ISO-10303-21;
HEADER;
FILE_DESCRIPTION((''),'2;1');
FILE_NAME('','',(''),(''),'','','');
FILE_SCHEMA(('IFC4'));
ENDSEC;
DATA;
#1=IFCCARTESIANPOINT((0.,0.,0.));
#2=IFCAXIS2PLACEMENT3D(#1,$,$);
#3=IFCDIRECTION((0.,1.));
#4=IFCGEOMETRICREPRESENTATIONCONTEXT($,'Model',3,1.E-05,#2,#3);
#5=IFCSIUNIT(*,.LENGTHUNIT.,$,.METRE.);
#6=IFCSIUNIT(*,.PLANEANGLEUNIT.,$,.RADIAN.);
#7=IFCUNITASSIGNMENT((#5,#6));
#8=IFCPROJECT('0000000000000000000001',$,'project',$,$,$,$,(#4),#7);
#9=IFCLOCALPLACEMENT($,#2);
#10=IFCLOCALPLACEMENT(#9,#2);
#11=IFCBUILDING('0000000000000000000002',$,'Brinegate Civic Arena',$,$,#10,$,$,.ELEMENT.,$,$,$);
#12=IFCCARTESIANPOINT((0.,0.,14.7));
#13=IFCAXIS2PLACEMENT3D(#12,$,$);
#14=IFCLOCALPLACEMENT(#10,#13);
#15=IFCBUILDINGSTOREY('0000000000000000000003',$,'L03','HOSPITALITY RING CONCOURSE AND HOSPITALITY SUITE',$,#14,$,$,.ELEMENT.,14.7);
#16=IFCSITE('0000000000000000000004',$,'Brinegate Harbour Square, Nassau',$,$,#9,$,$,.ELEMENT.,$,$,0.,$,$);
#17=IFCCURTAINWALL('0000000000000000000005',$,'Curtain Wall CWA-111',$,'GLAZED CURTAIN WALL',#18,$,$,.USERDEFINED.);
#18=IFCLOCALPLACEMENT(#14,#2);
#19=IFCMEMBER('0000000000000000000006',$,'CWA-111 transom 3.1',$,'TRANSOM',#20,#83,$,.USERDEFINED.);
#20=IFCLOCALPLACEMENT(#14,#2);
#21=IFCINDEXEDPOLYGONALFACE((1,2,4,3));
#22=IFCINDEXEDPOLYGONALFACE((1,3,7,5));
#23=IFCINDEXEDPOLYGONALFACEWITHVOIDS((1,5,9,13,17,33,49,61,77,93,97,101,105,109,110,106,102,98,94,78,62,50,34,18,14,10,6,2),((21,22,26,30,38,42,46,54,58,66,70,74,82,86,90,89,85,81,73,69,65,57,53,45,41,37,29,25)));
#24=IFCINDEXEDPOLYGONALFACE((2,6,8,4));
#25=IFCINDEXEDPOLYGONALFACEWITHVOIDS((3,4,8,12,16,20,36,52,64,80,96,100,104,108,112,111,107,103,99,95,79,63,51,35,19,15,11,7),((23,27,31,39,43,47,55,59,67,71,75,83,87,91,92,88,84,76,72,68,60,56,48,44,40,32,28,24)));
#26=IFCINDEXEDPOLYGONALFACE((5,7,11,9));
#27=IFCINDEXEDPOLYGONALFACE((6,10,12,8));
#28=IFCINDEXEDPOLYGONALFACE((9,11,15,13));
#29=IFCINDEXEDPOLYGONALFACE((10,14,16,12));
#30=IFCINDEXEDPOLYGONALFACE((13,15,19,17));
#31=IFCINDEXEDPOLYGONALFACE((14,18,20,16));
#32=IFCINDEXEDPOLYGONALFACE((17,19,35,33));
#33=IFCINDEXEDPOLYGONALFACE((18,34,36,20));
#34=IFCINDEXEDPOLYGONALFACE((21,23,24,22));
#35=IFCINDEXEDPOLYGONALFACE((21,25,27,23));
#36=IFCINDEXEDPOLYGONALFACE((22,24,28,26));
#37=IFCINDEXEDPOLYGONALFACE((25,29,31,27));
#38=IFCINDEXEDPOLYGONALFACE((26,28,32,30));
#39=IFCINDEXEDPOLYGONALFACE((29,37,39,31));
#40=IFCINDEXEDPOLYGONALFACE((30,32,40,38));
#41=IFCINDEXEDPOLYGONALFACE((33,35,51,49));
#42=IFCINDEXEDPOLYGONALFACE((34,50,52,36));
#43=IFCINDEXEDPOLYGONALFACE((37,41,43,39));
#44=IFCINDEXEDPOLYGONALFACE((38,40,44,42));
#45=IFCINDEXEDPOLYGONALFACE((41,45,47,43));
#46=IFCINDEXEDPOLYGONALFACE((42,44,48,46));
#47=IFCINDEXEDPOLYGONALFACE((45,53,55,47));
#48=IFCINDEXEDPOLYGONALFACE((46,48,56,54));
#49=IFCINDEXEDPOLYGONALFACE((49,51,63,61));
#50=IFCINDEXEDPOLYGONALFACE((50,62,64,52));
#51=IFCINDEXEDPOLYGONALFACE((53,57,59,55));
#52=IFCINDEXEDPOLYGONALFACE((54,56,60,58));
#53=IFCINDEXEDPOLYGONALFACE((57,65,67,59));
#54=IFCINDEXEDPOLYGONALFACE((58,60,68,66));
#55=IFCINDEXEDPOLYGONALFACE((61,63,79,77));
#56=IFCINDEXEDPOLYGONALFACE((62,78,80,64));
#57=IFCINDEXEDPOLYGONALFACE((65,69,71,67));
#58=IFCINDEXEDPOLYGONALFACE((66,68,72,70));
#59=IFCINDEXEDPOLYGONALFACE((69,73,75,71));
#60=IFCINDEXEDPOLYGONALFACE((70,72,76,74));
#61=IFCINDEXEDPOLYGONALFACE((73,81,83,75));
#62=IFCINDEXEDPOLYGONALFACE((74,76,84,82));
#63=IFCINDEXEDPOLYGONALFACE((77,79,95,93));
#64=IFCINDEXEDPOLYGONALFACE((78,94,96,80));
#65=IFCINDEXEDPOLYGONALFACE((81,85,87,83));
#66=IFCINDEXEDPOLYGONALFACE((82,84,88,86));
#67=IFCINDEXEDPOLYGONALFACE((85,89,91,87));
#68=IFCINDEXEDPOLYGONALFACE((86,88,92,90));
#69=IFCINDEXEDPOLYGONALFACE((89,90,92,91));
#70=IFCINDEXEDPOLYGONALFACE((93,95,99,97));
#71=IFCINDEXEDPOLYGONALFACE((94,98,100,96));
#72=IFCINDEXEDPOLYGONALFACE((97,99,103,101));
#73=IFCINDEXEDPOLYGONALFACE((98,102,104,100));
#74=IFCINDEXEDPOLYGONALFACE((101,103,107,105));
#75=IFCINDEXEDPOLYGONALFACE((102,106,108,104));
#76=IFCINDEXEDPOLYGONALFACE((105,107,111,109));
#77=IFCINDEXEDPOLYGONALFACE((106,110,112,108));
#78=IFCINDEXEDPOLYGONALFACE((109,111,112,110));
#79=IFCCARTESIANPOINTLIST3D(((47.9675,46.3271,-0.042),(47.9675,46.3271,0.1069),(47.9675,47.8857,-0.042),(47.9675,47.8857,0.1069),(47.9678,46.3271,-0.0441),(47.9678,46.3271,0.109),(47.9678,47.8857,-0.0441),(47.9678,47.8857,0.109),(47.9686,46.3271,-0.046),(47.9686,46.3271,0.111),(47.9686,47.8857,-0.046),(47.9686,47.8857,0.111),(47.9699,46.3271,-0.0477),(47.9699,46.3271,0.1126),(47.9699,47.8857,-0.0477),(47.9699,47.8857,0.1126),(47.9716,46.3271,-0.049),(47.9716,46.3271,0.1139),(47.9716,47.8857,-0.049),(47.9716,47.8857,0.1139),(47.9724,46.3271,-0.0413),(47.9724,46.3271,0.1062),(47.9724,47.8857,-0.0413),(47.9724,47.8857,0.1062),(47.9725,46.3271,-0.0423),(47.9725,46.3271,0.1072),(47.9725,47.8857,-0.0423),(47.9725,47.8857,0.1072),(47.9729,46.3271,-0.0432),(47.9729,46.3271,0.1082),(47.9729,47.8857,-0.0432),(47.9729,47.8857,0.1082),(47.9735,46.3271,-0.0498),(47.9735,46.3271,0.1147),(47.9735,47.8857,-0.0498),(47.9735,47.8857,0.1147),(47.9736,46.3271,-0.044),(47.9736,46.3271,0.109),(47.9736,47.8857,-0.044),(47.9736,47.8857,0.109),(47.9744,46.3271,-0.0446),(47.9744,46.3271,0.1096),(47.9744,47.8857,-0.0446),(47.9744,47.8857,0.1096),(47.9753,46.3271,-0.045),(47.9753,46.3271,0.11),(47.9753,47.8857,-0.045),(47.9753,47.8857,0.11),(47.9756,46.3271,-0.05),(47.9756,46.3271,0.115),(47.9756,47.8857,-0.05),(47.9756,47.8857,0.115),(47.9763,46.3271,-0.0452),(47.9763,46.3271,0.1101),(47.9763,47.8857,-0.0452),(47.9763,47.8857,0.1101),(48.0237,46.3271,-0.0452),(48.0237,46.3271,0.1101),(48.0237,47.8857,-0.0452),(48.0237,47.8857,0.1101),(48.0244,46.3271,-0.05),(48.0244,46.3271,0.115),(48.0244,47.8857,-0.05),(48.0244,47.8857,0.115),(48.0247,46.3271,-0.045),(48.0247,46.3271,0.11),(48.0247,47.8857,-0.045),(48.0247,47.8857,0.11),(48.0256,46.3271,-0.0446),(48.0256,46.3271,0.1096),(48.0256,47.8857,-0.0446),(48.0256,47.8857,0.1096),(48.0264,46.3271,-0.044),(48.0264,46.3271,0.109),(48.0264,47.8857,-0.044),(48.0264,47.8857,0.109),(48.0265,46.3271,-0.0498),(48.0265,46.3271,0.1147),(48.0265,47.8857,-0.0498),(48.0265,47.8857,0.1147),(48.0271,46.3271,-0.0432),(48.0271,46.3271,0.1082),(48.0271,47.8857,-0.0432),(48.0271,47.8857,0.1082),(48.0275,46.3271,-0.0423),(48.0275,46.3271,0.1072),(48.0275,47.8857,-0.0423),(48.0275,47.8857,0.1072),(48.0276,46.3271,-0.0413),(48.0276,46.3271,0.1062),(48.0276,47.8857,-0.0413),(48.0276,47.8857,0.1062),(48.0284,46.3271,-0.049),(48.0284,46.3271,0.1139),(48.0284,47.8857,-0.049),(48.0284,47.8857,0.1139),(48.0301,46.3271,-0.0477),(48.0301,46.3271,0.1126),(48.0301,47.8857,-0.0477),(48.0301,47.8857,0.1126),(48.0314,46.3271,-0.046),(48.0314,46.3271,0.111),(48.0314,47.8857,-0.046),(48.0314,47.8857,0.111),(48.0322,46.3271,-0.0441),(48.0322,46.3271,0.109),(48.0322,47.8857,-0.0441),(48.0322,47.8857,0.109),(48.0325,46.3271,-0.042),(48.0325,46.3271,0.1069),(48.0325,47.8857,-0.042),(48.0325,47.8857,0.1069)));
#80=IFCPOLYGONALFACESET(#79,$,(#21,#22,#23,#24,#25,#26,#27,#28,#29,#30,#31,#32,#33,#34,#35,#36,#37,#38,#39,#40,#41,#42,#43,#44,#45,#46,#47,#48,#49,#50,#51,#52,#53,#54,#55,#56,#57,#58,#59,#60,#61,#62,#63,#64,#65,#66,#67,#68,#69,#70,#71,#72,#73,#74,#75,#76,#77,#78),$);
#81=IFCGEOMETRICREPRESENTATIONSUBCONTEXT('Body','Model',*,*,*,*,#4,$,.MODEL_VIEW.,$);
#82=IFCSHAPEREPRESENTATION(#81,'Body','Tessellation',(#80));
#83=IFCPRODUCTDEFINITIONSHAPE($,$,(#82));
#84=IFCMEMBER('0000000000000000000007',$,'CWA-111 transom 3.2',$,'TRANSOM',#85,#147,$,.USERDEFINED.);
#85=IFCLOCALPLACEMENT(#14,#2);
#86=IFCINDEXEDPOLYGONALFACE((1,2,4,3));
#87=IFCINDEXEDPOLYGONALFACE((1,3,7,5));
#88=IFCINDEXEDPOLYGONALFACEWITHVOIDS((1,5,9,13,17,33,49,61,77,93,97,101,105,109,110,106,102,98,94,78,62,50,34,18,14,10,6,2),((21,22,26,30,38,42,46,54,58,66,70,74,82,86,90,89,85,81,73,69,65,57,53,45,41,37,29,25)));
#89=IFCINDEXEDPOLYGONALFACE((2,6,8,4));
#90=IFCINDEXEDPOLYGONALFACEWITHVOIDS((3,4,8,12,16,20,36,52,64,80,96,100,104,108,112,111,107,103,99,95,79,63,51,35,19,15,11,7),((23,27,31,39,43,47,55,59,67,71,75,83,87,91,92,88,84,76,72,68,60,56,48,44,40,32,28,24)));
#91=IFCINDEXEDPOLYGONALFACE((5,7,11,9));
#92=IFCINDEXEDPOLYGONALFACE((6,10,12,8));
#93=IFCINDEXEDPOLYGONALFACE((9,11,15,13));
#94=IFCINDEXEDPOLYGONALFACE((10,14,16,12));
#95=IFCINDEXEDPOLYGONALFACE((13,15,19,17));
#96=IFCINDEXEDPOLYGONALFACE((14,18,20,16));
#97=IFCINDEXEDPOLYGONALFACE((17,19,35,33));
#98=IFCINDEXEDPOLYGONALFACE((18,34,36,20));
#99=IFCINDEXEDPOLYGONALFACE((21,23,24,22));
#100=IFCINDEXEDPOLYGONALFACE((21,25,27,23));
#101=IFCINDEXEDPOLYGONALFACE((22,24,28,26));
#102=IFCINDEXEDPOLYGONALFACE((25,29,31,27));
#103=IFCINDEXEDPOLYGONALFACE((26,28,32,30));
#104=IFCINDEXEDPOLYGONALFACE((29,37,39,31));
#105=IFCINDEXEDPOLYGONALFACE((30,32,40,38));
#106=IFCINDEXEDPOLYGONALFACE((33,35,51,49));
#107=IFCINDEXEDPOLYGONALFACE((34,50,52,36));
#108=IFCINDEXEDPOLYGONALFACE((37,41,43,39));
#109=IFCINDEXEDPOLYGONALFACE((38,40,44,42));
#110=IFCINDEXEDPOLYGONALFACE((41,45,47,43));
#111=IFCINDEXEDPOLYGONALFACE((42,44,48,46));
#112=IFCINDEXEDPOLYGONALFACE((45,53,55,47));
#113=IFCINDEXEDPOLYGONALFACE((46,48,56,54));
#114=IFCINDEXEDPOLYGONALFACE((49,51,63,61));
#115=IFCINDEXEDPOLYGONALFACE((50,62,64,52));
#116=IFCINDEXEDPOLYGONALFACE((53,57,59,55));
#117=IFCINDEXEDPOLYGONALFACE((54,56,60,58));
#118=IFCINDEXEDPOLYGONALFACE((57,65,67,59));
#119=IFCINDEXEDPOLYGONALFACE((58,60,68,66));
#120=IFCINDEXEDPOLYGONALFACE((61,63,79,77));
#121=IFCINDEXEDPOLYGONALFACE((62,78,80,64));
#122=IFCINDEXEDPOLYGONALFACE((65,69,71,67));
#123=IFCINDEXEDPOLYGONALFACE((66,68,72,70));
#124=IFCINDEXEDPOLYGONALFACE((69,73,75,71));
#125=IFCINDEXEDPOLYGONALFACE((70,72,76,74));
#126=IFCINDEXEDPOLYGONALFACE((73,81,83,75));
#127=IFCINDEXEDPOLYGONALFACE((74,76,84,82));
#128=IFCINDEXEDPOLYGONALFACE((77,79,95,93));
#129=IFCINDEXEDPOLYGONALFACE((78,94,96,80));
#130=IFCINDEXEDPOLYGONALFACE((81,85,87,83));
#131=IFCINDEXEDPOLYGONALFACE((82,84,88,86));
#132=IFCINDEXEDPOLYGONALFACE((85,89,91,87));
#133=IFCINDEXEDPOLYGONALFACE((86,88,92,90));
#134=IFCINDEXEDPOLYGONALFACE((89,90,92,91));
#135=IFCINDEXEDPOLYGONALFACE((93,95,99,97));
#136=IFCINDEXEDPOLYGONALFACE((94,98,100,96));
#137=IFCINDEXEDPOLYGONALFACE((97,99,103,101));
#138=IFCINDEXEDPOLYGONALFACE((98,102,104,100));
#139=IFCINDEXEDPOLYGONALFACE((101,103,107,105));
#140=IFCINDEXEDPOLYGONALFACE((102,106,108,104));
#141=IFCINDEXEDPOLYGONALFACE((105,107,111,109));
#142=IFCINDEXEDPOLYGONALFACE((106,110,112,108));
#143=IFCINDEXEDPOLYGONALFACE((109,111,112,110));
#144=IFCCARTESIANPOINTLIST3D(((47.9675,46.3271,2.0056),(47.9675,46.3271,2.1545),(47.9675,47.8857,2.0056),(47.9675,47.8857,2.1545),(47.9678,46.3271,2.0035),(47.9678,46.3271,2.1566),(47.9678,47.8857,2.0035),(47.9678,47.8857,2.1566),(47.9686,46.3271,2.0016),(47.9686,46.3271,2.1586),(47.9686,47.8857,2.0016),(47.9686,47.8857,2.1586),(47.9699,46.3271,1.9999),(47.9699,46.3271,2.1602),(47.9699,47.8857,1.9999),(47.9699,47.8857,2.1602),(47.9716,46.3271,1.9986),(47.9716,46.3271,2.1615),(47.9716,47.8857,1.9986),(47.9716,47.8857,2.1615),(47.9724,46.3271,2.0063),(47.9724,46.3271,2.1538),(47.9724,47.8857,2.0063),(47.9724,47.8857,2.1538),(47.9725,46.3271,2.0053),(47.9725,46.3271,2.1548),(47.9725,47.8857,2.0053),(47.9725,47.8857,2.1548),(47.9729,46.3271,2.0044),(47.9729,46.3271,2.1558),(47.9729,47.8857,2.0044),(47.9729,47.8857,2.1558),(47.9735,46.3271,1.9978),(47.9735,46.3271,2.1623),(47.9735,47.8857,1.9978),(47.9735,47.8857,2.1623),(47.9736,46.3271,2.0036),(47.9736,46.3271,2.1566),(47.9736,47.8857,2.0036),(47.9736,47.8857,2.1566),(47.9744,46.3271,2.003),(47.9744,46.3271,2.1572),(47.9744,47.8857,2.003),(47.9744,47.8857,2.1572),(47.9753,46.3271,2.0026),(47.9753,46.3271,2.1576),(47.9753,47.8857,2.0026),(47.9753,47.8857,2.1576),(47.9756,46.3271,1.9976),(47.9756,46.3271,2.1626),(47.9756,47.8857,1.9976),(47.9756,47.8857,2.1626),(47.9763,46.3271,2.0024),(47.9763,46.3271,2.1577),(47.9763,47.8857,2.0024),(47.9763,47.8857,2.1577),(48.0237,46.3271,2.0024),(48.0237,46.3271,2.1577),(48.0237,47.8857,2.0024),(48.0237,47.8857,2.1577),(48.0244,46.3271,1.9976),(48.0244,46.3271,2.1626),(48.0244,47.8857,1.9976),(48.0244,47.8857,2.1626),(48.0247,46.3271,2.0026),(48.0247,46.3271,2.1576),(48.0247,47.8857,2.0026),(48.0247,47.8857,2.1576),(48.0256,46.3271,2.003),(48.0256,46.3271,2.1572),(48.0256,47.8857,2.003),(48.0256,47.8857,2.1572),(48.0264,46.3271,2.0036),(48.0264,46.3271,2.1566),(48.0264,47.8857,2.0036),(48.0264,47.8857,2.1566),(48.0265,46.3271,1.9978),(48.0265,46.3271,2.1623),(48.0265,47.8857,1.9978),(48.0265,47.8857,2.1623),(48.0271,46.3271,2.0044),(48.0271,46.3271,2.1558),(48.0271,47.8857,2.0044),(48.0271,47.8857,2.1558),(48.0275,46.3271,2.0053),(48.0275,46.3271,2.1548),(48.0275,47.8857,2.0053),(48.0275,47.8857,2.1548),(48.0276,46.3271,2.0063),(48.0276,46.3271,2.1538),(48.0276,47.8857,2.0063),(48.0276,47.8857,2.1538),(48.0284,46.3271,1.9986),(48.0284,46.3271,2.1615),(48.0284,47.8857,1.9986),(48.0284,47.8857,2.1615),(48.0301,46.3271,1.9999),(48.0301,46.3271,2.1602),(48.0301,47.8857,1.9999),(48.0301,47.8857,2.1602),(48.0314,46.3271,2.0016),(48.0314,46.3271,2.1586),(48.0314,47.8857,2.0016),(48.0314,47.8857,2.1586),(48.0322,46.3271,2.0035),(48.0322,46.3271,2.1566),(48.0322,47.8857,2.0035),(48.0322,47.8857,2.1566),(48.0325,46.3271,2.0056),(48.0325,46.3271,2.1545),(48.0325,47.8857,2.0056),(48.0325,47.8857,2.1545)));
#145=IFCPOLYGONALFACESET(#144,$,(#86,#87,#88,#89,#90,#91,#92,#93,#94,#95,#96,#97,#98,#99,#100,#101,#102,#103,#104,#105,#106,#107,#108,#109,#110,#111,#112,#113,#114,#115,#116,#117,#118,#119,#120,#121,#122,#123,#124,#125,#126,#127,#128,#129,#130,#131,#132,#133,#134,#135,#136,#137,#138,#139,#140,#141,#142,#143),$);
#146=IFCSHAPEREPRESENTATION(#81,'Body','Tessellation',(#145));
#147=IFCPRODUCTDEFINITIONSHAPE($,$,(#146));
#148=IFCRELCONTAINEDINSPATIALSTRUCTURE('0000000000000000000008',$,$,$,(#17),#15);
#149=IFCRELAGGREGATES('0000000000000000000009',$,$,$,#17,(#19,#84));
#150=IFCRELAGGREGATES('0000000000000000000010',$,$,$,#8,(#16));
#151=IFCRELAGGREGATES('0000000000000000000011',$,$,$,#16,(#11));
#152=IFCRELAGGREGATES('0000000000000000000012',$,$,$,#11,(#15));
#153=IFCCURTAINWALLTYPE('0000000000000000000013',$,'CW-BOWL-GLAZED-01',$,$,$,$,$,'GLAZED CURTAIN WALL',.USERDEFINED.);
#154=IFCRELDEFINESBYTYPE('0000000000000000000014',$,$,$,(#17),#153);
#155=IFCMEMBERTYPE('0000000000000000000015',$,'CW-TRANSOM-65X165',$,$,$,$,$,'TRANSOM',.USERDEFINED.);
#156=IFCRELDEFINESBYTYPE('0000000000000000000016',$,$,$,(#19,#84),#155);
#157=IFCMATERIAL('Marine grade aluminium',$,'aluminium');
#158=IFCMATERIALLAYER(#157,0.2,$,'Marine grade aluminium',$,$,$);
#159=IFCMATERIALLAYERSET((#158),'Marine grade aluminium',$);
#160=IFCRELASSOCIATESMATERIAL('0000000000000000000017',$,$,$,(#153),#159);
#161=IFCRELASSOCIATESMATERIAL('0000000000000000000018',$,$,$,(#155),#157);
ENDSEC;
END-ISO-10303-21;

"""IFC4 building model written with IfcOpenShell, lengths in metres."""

from ifc_helpers import new_model, si_unit, direction, frame, origin, origin_2d, place, context, subcontext, project, spatial, hollow_rectangle, extrude, material, layer, layer_set, material_profile, profile_set, type_object, element, aggregate, save


model = new_model("IFC4")

# Units and contexts
model_context = context("Model", 3, precision=1e-05, world=origin(), true_north=direction((0.0, 1.0)))
body_context = subcontext(model_context, "Body", "Model", "MODEL_VIEW")
ifc_project = project(units=[si_unit("LENGTHUNIT", "METRE"), si_unit("PLANEANGLEUNIT", "RADIAN")], contexts=[model_context])

# Site, building, storey
site_placement = place(None, origin())
site = spatial("IfcSite", under=ifc_project, at=site_placement, Name="Brinegate Harbour Square, Nassau", CompositionType="ELEMENT", RefElevation=0.0)
building_placement = place(site_placement, origin())
building = spatial("IfcBuilding", under=site, at=building_placement, Name="Brinegate Civic Arena", CompositionType="ELEMENT")
storey_placement = place(building_placement, frame((0.0, 0.0, 14.7)))
storey = spatial("IfcBuildingStorey", under=building, at=storey_placement, Name="L03", Description="HOSPITALITY RING CONCOURSE AND HOSPITALITY SUITE", CompositionType="ELEMENT", Elevation=14.7)

# Curtain wall, members
ifc_material_1 = material(Name="Marine grade aluminium", Category="aluminium")
ifc_layer_1 = layer(ifc_material_1, 0.2, Name="Marine grade aluminium")
ifc_layer_set_1 = layer_set([ifc_layer_1], Name="Marine grade aluminium")
curtain_wall_type = type_object("IfcCurtainWallType", Name="CW-BOWL-GLAZED-01", ElementType="GLAZED CURTAIN WALL", PredefinedType="USERDEFINED", material=ifc_layer_set_1)
curtain_wall_placement = place(storey_placement, origin())
curtain_wall = element("IfcCurtainWall", 1, at=curtain_wall_placement, inside=storey, type_object=curtain_wall_type, Name="Curtain Wall CWA-111", ObjectType="GLAZED CURTAIN WALL", PredefinedType="USERDEFINED")
ifc_material_profile_1 = material_profile(ifc_material_1, hollow_rectangle(XDim=0.0649, YDim=0.165, WallThickness=0.0049, InnerFilletRadius=0.0039, OuterFilletRadius=0.0081, at=origin_2d()), Name="TRN65X165")
ifc_profile_set_1 = profile_set([ifc_material_profile_1], Name="Marine grade aluminium")
member_type_1 = type_object("IfcMemberType", Name="CW-TRANSOM-65X165", ElementType="TRANSOM", PredefinedType="USERDEFINED", material=ifc_profile_set_1)
member_1_placement = place(storey_placement, frame((48.0, 46.3271, 0.0325), z_axis=(0.0, 1.0, 0.0), x_axis=(-1.0, 0.0, 0.0)))
member_1 = element("IfcMember", 2, at=member_1_placement, type_object=member_type_1, Name="CWA-111 transom 3.1", ObjectType="TRANSOM", PredefinedType="USERDEFINED", context=body_context, shape_type="SweptSolid", body=[
    extrude(hollow_rectangle(XDim=0.0649, YDim=0.165, WallThickness=0.0049, InnerFilletRadius=0.0039, OuterFilletRadius=0.0081, at=origin_2d()), origin(), (0.0, 0.0, 1.0), 1.5586),
])
member_2_placement = place(storey_placement, frame((48.0, 46.3271, 2.0801), z_axis=(0.0, 1.0, 0.0), x_axis=(-1.0, 0.0, 0.0)))
member_2 = element("IfcMember", 3, at=member_2_placement, type_object=member_type_1, Name="CWA-111 transom 3.2", ObjectType="TRANSOM", PredefinedType="USERDEFINED", context=body_context, shape_type="SweptSolid", body=[
    extrude(hollow_rectangle(XDim=0.0649, YDim=0.165, WallThickness=0.0049, InnerFilletRadius=0.0039, OuterFilletRadius=0.0081, at=origin_2d()), origin(), (0.0, 0.0, 1.0), 1.5586),
])
aggregate(curtain_wall, [member_1, member_2])

save(model, "model.ifc")
